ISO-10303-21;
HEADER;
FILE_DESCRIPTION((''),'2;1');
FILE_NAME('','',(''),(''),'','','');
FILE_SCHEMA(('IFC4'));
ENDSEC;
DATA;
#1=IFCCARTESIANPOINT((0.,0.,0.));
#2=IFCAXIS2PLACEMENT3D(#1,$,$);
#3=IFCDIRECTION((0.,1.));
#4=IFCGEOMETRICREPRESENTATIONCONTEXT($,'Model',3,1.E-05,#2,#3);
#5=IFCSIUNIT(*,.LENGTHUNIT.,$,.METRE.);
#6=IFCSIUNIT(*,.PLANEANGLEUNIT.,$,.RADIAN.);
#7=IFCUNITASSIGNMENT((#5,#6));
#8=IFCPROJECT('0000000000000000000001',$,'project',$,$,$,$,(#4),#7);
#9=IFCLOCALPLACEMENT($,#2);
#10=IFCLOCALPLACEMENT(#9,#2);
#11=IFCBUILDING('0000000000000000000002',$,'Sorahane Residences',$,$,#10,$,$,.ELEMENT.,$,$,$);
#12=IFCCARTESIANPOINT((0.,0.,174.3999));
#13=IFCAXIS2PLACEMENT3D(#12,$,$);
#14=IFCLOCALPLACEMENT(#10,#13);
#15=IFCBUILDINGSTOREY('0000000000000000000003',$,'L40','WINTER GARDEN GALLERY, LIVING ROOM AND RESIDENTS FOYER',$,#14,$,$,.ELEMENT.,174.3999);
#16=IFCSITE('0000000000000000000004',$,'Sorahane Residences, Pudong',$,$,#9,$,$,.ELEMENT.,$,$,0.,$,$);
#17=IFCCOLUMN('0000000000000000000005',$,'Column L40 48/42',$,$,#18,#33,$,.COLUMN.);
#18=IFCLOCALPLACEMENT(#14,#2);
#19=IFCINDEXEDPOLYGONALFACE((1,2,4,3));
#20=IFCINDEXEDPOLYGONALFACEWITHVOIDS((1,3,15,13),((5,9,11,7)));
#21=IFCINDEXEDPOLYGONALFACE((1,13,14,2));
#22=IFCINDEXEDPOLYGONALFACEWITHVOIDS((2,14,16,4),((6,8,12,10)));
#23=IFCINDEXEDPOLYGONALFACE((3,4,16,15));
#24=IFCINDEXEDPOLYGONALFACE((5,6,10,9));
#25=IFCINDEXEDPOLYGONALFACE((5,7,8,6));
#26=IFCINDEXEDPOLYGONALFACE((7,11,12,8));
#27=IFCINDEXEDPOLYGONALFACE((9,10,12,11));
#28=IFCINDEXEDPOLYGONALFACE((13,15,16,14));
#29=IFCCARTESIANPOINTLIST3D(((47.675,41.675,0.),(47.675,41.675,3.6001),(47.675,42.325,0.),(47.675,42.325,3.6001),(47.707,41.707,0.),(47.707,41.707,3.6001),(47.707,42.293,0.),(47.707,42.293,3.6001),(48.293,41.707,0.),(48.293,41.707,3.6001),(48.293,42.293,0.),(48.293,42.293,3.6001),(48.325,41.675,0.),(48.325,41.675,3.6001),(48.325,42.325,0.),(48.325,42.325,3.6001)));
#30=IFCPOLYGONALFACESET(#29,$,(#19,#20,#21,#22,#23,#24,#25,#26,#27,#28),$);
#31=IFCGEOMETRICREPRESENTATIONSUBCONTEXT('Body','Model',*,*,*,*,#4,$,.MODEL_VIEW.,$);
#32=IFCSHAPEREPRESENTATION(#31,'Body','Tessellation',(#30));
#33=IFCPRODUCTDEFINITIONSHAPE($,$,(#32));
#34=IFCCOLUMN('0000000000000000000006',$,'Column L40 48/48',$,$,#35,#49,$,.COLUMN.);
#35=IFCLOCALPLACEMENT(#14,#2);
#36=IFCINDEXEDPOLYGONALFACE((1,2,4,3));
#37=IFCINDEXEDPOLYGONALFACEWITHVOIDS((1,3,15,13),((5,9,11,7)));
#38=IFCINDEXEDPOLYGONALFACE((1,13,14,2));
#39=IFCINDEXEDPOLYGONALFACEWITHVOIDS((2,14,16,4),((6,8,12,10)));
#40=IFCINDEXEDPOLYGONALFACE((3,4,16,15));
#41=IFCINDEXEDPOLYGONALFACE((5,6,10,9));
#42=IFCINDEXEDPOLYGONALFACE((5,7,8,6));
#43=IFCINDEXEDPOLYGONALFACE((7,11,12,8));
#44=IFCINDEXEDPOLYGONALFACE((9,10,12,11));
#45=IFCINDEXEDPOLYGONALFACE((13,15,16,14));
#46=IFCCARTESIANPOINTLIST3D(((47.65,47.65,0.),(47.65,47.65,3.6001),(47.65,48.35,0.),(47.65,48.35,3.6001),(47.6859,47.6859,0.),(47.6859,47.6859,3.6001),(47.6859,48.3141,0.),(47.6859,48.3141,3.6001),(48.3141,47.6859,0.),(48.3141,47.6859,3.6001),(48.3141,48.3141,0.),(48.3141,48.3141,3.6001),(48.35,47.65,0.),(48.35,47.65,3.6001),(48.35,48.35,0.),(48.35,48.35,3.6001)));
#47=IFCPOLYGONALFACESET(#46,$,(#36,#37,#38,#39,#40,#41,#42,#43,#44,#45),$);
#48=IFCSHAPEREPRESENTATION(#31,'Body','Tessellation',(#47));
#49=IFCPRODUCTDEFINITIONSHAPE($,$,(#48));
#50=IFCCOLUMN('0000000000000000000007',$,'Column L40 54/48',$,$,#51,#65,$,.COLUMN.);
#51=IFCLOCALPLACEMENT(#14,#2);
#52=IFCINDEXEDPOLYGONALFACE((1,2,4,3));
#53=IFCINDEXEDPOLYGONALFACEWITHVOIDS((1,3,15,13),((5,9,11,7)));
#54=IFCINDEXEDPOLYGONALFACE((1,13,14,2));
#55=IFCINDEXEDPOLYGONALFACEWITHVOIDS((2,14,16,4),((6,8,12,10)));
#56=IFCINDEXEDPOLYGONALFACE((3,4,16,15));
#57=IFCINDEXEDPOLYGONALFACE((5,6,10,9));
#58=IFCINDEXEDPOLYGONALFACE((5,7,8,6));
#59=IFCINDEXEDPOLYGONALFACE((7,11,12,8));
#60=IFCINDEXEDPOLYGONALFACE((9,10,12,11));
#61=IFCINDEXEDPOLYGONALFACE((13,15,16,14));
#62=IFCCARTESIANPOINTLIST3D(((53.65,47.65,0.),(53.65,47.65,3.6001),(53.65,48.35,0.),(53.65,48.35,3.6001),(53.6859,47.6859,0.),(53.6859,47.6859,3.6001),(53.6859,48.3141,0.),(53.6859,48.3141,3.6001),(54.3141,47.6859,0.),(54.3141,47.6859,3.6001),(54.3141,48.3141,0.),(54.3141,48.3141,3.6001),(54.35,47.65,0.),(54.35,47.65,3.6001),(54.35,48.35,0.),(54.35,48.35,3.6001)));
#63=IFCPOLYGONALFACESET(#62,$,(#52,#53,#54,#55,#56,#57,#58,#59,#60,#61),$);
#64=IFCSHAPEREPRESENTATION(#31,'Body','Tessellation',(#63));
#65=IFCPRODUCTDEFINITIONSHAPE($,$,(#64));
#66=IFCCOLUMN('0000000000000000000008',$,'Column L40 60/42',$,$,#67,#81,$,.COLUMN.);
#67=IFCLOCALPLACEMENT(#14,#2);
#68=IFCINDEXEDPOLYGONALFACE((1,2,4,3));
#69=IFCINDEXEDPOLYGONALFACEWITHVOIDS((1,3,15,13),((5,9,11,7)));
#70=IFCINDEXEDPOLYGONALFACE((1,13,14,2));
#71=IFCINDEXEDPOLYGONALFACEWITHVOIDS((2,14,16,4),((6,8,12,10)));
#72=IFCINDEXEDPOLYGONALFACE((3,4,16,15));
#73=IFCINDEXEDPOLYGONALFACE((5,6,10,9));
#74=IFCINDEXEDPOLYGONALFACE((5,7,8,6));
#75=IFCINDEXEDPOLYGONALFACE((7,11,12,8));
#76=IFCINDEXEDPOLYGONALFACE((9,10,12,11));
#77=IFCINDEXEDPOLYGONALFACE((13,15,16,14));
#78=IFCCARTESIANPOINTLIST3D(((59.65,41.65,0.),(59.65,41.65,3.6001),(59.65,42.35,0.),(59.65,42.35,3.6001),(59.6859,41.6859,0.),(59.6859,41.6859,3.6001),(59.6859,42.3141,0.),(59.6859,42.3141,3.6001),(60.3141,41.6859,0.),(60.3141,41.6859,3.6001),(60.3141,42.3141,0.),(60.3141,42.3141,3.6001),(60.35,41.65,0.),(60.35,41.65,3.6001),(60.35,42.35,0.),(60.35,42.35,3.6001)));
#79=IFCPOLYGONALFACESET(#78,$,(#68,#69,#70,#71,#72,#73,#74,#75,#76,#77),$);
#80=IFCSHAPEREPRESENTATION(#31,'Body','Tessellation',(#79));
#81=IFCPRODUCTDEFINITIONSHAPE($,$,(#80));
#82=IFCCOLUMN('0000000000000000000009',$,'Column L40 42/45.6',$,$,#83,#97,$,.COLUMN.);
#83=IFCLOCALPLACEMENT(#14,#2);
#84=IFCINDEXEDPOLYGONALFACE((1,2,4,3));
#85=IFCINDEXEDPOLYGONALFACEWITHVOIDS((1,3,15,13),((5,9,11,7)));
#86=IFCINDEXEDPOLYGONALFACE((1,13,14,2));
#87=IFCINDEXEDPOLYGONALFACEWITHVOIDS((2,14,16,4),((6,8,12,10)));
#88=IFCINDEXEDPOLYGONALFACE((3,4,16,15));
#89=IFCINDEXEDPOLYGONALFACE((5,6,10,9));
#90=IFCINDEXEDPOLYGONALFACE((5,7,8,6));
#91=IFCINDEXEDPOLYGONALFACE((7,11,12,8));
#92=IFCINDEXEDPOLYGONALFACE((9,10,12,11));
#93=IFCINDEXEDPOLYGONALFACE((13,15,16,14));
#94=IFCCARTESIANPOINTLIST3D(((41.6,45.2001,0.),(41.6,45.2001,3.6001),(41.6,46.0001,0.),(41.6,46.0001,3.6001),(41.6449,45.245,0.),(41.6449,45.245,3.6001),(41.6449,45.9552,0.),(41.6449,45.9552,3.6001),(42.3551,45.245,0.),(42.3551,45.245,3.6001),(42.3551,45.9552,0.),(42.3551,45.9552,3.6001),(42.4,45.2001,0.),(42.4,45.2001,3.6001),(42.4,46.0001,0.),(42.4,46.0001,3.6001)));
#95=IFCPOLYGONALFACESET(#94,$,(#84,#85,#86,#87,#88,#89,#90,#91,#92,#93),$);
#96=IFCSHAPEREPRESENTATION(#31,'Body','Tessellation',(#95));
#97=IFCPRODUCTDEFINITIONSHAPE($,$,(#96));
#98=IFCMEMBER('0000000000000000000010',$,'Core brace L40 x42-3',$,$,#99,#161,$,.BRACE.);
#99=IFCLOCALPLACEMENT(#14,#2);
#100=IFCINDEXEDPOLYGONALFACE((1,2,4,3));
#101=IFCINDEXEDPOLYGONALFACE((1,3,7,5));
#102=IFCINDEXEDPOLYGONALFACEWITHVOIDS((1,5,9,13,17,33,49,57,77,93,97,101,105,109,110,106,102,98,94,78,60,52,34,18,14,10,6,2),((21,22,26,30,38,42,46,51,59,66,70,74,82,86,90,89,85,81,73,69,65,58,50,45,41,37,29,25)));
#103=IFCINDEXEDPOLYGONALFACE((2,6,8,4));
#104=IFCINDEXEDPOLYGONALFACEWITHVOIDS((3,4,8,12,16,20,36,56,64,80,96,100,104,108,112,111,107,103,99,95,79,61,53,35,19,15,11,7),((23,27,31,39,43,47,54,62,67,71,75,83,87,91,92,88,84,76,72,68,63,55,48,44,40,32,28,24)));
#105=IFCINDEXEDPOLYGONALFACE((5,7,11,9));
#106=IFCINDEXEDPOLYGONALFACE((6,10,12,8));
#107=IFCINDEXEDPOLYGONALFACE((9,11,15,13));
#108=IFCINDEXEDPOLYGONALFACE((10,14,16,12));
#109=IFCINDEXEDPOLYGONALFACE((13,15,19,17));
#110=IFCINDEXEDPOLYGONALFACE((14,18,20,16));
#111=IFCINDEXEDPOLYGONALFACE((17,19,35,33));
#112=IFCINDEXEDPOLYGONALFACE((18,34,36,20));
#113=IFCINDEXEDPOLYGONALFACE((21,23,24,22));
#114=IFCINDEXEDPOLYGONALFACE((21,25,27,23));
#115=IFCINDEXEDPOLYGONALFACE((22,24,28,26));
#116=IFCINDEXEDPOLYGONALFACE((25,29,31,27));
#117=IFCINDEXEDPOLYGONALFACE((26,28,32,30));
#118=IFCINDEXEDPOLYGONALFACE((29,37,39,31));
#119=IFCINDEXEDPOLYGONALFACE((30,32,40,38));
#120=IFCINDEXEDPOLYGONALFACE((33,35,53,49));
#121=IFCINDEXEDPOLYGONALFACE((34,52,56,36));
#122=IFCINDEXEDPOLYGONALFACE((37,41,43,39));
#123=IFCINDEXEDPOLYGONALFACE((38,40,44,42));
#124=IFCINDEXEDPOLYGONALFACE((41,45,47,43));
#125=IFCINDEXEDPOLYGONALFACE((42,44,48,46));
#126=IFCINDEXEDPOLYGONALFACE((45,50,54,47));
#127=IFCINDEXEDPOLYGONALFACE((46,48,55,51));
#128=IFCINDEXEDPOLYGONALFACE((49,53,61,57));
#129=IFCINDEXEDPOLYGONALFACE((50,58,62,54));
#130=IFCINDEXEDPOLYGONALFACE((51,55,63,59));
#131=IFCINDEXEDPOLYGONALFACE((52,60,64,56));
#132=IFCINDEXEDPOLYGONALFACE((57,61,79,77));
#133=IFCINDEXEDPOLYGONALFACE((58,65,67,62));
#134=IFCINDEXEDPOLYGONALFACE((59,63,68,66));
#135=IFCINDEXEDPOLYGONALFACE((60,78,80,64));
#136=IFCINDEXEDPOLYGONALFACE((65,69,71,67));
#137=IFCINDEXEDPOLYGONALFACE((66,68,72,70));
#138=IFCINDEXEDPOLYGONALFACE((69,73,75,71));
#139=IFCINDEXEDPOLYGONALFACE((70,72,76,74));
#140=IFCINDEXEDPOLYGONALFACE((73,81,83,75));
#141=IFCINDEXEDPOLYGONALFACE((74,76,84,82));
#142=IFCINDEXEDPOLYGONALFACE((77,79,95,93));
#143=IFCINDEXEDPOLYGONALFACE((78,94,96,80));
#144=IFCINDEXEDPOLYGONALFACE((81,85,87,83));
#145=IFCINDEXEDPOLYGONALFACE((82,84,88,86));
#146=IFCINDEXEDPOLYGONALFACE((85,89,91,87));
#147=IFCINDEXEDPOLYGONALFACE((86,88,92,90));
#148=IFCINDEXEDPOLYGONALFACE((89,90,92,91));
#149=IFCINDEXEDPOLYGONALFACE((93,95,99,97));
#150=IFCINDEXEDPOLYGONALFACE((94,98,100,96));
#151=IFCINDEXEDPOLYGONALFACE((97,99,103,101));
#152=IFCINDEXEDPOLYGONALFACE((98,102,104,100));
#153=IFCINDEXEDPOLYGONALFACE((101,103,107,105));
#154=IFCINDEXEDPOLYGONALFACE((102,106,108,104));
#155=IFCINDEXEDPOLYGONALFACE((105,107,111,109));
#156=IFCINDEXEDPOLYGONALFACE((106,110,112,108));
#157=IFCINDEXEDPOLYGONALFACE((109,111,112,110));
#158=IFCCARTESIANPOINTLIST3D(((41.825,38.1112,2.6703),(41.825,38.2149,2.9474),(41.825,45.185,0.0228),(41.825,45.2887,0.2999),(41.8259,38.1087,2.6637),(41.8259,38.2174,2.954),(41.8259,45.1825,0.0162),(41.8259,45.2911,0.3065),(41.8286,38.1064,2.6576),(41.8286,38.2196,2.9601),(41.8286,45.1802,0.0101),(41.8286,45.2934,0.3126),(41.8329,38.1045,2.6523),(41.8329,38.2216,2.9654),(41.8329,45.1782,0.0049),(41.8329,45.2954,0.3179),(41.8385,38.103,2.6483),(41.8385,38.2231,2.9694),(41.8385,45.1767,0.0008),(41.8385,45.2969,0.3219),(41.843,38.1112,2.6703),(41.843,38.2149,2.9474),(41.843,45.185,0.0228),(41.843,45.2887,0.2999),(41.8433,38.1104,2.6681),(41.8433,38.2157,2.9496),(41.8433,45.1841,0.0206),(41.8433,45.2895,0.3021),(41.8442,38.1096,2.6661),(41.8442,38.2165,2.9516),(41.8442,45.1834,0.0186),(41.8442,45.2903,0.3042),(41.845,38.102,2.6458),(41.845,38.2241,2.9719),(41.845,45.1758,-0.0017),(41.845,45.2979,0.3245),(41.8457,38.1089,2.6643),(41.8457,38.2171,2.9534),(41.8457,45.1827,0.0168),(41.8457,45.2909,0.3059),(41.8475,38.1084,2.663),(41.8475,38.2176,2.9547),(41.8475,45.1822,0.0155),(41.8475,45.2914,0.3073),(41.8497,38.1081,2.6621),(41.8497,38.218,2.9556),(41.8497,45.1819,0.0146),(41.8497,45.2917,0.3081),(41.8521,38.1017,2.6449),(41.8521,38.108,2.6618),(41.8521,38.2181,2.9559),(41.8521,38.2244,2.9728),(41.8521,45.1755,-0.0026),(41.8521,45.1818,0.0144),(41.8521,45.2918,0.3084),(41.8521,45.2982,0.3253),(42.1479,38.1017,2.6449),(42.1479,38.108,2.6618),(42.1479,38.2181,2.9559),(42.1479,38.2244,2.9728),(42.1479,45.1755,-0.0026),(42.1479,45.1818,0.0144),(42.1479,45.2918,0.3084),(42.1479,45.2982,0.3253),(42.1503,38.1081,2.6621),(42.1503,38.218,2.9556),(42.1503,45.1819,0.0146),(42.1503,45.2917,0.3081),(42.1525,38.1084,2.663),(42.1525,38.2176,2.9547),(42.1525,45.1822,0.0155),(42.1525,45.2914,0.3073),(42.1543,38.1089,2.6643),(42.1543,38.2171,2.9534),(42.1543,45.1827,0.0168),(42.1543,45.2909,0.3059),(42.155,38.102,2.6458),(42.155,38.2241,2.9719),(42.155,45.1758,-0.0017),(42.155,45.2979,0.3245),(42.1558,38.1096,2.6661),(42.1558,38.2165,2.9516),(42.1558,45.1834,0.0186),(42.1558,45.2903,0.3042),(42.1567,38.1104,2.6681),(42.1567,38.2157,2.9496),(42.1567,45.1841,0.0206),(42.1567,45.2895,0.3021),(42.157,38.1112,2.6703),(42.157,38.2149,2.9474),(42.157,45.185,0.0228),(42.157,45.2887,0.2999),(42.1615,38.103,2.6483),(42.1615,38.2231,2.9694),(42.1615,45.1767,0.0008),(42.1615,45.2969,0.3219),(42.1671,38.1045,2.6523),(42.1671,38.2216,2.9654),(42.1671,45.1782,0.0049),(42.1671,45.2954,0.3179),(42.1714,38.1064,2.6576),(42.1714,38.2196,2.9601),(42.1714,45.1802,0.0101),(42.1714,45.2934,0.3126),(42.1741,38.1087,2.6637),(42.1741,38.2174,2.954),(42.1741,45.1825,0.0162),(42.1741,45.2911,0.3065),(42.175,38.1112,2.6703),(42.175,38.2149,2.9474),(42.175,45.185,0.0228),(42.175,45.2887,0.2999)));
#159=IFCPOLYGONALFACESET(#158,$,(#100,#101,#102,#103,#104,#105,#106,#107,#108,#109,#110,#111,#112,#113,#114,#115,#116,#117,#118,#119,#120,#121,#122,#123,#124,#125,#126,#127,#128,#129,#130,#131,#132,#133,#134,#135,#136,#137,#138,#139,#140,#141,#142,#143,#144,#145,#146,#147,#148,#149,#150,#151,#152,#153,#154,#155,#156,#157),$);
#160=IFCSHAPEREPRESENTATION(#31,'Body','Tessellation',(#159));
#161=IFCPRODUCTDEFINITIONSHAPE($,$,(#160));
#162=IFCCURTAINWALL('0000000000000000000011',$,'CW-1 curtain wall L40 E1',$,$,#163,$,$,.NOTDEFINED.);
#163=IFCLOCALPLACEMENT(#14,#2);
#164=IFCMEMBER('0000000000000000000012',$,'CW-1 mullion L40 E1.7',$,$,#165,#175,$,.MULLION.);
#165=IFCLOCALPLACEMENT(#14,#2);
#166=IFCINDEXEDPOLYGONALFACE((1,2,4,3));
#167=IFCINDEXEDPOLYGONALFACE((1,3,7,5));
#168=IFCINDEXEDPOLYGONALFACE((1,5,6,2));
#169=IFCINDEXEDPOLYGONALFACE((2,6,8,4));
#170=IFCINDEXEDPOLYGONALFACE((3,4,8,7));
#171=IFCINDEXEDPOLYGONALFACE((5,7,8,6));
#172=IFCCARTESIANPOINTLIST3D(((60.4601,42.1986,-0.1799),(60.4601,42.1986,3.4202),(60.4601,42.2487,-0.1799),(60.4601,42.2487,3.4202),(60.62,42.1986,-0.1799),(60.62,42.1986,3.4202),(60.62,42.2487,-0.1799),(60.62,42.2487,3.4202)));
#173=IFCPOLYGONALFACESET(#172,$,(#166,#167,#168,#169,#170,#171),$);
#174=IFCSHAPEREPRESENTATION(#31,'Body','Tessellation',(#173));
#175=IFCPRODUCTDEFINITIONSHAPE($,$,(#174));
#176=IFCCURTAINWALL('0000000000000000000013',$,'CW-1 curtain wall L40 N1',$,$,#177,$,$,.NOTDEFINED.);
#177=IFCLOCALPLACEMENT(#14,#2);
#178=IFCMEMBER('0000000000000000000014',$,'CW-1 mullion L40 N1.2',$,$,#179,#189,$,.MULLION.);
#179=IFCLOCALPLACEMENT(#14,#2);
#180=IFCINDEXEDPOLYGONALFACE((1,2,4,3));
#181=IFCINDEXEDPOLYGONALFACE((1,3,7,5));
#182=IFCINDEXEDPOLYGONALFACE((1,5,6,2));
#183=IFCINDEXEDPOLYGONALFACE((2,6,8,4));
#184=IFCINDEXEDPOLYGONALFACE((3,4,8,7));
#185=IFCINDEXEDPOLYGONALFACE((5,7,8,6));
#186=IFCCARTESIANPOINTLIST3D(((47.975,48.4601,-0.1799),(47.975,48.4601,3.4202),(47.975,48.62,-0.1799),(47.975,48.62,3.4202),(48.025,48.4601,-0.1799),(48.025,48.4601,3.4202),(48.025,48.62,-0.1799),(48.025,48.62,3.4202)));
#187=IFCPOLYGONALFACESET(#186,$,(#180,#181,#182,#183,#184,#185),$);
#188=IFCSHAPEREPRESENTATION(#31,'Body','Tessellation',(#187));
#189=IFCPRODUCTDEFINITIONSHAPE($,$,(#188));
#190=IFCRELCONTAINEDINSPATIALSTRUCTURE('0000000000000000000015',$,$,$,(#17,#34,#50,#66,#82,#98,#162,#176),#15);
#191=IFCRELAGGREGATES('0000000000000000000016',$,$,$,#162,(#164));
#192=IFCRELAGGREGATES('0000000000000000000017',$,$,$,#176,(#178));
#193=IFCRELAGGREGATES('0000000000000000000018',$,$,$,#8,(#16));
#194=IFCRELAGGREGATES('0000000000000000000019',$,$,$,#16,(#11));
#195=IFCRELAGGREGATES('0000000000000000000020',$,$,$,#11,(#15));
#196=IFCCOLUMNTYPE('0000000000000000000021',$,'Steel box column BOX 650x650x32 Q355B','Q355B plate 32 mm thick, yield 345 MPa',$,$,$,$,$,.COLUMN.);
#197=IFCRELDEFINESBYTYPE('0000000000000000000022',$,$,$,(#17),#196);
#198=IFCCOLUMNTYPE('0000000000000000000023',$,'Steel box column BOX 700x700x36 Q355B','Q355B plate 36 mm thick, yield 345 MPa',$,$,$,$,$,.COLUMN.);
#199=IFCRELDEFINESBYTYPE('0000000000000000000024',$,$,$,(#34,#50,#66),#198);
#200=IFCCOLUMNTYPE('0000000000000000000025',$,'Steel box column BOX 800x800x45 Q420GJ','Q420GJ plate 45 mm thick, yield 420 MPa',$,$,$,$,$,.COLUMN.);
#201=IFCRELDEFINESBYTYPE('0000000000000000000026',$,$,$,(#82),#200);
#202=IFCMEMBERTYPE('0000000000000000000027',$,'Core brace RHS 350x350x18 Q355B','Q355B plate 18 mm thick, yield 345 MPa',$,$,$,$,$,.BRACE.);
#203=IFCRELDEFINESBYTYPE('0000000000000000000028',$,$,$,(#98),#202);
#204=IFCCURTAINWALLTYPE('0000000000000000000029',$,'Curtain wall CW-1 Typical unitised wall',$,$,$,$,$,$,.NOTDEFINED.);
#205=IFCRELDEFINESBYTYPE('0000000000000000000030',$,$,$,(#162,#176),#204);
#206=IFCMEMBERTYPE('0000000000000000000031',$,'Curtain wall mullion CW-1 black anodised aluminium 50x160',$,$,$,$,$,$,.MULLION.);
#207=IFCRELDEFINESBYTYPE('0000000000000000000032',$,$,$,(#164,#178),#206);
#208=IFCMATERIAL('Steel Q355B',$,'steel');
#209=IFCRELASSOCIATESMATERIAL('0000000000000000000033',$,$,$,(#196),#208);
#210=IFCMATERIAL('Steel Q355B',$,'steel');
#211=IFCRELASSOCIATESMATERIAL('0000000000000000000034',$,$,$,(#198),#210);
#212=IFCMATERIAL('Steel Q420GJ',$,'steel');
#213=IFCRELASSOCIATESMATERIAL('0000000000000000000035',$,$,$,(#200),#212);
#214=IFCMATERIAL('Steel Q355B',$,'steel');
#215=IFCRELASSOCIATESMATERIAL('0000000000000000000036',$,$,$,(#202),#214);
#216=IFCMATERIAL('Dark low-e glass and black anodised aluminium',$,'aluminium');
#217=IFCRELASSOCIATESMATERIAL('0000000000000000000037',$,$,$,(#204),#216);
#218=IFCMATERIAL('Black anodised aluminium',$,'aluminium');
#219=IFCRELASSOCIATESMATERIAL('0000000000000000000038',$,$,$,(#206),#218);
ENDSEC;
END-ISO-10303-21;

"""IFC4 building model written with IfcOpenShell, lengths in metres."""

from ifc_helpers import new_model, si_unit, direction, frame, origin, origin_2d, place, context, subcontext, project, spatial, rectangle, hollow_rectangle, extrude, material, material_profile, profile_set, type_object, element, aggregate, save


model = new_model("IFC4")

# Units and contexts
model_context = context("Model", 3, precision=1e-05, world=origin(), true_north=direction((0.0, 1.0)))
body_context = subcontext(model_context, "Body", "Model", "MODEL_VIEW")
ifc_project = project(units=[si_unit("LENGTHUNIT", "METRE"), si_unit("PLANEANGLEUNIT", "RADIAN")], contexts=[model_context])

# Site, building, storey
site_placement = place(None, origin())
site = spatial("IfcSite", under=ifc_project, at=site_placement, Name="Sorahane Residences, Pudong", CompositionType="ELEMENT", RefElevation=0.0)
building_placement = place(site_placement, origin())
building = spatial("IfcBuilding", under=site, at=building_placement, Name="Sorahane Residences", CompositionType="ELEMENT")
storey_placement = place(building_placement, frame((0.0, 0.0, 174.3999)))
storey = spatial("IfcBuildingStorey", under=building, at=storey_placement, Name="L40", Description="WINTER GARDEN GALLERY, LIVING ROOM AND RESIDENTS FOYER", CompositionType="ELEMENT", Elevation=174.3999)

# Columns
ifc_material_1 = material(Name="Steel Q355B", Category="steel")
ifc_material_profile_1 = material_profile(ifc_material_1, hollow_rectangle(XDim=0.6499, YDim=0.6499, WallThickness=0.032, at=origin_2d()), Name="BOX 650x650x32")
ifc_profile_set_1 = profile_set([ifc_material_profile_1], Name="Steel Q355B")
column_type_1 = type_object("IfcColumnType", Name="Steel box column BOX 650x650x32 Q355B", Description="Q355B plate 32 mm thick, yield 345 MPa", PredefinedType="COLUMN", material=ifc_profile_set_1)
column_1_placement = place(storey_placement, frame((48.0, 42.0, 0.0), z_axis=(0.0, 0.0, 1.0), x_axis=(1.0, 0.0, 0.0)))
element("IfcColumn", 1, at=column_1_placement, inside=storey, type_object=column_type_1, Name="Column L40 48/42", PredefinedType="COLUMN", context=body_context, shape_type="SweptSolid", body=[
    extrude(hollow_rectangle(XDim=0.6499, YDim=0.6499, WallThickness=0.032, at=origin_2d()), origin(), (0.0, 0.0, 1.0), 3.6001),
])
ifc_material_2 = material(Name="Steel Q355B", Category="steel")
ifc_material_profile_2 = material_profile(ifc_material_2, hollow_rectangle(XDim=0.7, YDim=0.7, WallThickness=0.0359, at=origin_2d()), Name="BOX 700x700x36")
ifc_profile_set_2 = profile_set([ifc_material_profile_2], Name="Steel Q355B")
column_type_2 = type_object("IfcColumnType", Name="Steel box column BOX 700x700x36 Q355B", Description="Q355B plate 36 mm thick, yield 345 MPa", PredefinedType="COLUMN", material=ifc_profile_set_2)
for number, where, z_axis, x_axis, name in (
    (2, (48.0, 48.0, 0.0), (0.0, 0.0, 1.0), (1.0, 0.0, 0.0), "Column L40 48/48"),
    (3, (54.0, 48.0, 0.0), (0.0, 0.0, 1.0), (1.0, 0.0, 0.0), "Column L40 54/48"),
    (4, (60.0, 42.0, 0.0), (0.0, 0.0, 1.0), (1.0, 0.0, 0.0), "Column L40 60/42"),
):
    element("IfcColumn", number, at=place(storey_placement, frame(where, z_axis=z_axis, x_axis=x_axis)), inside=storey, type_object=column_type_2, Name=name, PredefinedType="COLUMN", context=body_context, shape_type="SweptSolid", body=[
        extrude(hollow_rectangle(XDim=0.7, YDim=0.7, WallThickness=0.0359, at=origin_2d()), origin(), (0.0, 0.0, 1.0), 3.6001),
    ])
ifc_material_3 = material(Name="Steel Q420GJ", Category="steel")
ifc_material_profile_3 = material_profile(ifc_material_3, hollow_rectangle(XDim=0.8, YDim=0.8, WallThickness=0.0449, at=origin_2d()), Name="BOX 800x800x45")
ifc_profile_set_3 = profile_set([ifc_material_profile_3], Name="Steel Q420GJ")
column_type_3 = type_object("IfcColumnType", Name="Steel box column BOX 800x800x45 Q420GJ", Description="Q420GJ plate 45 mm thick, yield 420 MPa", PredefinedType="COLUMN", material=ifc_profile_set_3)
column_2_placement = place(storey_placement, frame((42.0, 45.6001, 0.0), z_axis=(0.0, 0.0, 1.0), x_axis=(1.0, 0.0, 0.0)))
element("IfcColumn", 5, at=column_2_placement, inside=storey, type_object=column_type_3, Name="Column L40 42/45.6", PredefinedType="COLUMN", context=body_context, shape_type="SweptSolid", body=[
    extrude(hollow_rectangle(XDim=0.8, YDim=0.8, WallThickness=0.0449, at=origin_2d()), origin(), (0.0, 0.0, 1.0), 3.6001),
])

# Member
ifc_material_4 = material(Name="Steel Q355B", Category="steel")
ifc_material_profile_4 = material_profile(ifc_material_4, hollow_rectangle(XDim=0.3501, YDim=0.3501, WallThickness=0.0181, InnerFilletRadius=0.009, OuterFilletRadius=0.0271, at=origin_2d()), Name="RHS 350x350x18")
ifc_profile_set_4 = profile_set([ifc_material_profile_4], Name="Steel Q355B")
member_type_1 = type_object("IfcMemberType", Name="Core brace RHS 350x350x18 Q355B", Description="Q355B plate 18 mm thick, yield 345 MPa", PredefinedType="BRACE", material=ifc_profile_set_4)
member_1_placement = place(storey_placement, frame((42.0, 45.2368, 0.1614), z_axis=(0.0, -0.936555, 0.350521), x_axis=(1.0, 0.0, 0.0)))
element("IfcMember", 6, at=member_1_placement, inside=storey, type_object=member_type_1, Name="Core brace L40 x42-3", PredefinedType="BRACE", context=body_context, shape_type="SweptSolid", body=[
    extrude(hollow_rectangle(XDim=0.3501, YDim=0.3501, WallThickness=0.0181, InnerFilletRadius=0.009, OuterFilletRadius=0.0271, at=origin_2d()), origin(), (0.0, 0.0, 1.0), 7.553),
])

# Curtain wall, member
ifc_material_5 = material(Name="Dark low-e glass and black anodised aluminium", Category="aluminium")
curtain_wall_type_1 = type_object("IfcCurtainWallType", Name="Curtain wall CW-1 Typical unitised wall", PredefinedType="NOTDEFINED", material=ifc_material_5)
curtain_wall_1_placement = place(storey_placement, origin())
curtain_wall_1 = element("IfcCurtainWall", 7, at=curtain_wall_1_placement, inside=storey, type_object=curtain_wall_type_1, Name="CW-1 curtain wall L40 E1", PredefinedType="NOTDEFINED")
ifc_material_6 = material(Name="Black anodised aluminium", Category="aluminium")
ifc_material_profile_5 = material_profile(ifc_material_6, rectangle(XDim=0.1599, YDim=0.05, at=origin_2d()), Name="Curtain wall mullion CW-1 black anodised aluminium 50x160")
ifc_profile_set_5 = profile_set([ifc_material_profile_5], Name="Black anodised aluminium")
member_type_2 = type_object("IfcMemberType", Name="Curtain wall mullion CW-1 black anodised aluminium 50x160", PredefinedType="MULLION", material=ifc_profile_set_5)
member_2_placement = place(storey_placement, frame((60.54, 42.2236, -0.1799), z_axis=(0.0, 0.0, 1.0), x_axis=(1.0, 0.0, 0.0)))
member_2 = element("IfcMember", 8, at=member_2_placement, type_object=member_type_2, Name="CW-1 mullion L40 E1.7", PredefinedType="MULLION", context=body_context, shape_type="SweptSolid", body=[
    extrude(rectangle(XDim=0.1599, YDim=0.05, at=origin_2d()), origin(), (0.0, 0.0, 1.0), 3.6001),
])
aggregate(curtain_wall_1, [member_2])

# Curtain wall, member
curtain_wall_2_placement = place(storey_placement, origin())
curtain_wall_2 = element("IfcCurtainWall", 9, at=curtain_wall_2_placement, inside=storey, type_object=curtain_wall_type_1, Name="CW-1 curtain wall L40 N1", PredefinedType="NOTDEFINED")
member_3_placement = place(storey_placement, frame((48.0, 48.54, -0.1799), z_axis=(0.0, 0.0, 1.0), x_axis=(0.0, 1.0, 0.0)))
member_3 = element("IfcMember", 10, at=member_3_placement, type_object=member_type_2, Name="CW-1 mullion L40 N1.2", PredefinedType="MULLION", context=body_context, shape_type="SweptSolid", body=[
    extrude(rectangle(XDim=0.1599, YDim=0.05, at=origin_2d()), origin(), (0.0, 0.0, 1.0), 3.6001),
])

aggregate(curtain_wall_2, [member_3])

save(model, "model.ifc")
